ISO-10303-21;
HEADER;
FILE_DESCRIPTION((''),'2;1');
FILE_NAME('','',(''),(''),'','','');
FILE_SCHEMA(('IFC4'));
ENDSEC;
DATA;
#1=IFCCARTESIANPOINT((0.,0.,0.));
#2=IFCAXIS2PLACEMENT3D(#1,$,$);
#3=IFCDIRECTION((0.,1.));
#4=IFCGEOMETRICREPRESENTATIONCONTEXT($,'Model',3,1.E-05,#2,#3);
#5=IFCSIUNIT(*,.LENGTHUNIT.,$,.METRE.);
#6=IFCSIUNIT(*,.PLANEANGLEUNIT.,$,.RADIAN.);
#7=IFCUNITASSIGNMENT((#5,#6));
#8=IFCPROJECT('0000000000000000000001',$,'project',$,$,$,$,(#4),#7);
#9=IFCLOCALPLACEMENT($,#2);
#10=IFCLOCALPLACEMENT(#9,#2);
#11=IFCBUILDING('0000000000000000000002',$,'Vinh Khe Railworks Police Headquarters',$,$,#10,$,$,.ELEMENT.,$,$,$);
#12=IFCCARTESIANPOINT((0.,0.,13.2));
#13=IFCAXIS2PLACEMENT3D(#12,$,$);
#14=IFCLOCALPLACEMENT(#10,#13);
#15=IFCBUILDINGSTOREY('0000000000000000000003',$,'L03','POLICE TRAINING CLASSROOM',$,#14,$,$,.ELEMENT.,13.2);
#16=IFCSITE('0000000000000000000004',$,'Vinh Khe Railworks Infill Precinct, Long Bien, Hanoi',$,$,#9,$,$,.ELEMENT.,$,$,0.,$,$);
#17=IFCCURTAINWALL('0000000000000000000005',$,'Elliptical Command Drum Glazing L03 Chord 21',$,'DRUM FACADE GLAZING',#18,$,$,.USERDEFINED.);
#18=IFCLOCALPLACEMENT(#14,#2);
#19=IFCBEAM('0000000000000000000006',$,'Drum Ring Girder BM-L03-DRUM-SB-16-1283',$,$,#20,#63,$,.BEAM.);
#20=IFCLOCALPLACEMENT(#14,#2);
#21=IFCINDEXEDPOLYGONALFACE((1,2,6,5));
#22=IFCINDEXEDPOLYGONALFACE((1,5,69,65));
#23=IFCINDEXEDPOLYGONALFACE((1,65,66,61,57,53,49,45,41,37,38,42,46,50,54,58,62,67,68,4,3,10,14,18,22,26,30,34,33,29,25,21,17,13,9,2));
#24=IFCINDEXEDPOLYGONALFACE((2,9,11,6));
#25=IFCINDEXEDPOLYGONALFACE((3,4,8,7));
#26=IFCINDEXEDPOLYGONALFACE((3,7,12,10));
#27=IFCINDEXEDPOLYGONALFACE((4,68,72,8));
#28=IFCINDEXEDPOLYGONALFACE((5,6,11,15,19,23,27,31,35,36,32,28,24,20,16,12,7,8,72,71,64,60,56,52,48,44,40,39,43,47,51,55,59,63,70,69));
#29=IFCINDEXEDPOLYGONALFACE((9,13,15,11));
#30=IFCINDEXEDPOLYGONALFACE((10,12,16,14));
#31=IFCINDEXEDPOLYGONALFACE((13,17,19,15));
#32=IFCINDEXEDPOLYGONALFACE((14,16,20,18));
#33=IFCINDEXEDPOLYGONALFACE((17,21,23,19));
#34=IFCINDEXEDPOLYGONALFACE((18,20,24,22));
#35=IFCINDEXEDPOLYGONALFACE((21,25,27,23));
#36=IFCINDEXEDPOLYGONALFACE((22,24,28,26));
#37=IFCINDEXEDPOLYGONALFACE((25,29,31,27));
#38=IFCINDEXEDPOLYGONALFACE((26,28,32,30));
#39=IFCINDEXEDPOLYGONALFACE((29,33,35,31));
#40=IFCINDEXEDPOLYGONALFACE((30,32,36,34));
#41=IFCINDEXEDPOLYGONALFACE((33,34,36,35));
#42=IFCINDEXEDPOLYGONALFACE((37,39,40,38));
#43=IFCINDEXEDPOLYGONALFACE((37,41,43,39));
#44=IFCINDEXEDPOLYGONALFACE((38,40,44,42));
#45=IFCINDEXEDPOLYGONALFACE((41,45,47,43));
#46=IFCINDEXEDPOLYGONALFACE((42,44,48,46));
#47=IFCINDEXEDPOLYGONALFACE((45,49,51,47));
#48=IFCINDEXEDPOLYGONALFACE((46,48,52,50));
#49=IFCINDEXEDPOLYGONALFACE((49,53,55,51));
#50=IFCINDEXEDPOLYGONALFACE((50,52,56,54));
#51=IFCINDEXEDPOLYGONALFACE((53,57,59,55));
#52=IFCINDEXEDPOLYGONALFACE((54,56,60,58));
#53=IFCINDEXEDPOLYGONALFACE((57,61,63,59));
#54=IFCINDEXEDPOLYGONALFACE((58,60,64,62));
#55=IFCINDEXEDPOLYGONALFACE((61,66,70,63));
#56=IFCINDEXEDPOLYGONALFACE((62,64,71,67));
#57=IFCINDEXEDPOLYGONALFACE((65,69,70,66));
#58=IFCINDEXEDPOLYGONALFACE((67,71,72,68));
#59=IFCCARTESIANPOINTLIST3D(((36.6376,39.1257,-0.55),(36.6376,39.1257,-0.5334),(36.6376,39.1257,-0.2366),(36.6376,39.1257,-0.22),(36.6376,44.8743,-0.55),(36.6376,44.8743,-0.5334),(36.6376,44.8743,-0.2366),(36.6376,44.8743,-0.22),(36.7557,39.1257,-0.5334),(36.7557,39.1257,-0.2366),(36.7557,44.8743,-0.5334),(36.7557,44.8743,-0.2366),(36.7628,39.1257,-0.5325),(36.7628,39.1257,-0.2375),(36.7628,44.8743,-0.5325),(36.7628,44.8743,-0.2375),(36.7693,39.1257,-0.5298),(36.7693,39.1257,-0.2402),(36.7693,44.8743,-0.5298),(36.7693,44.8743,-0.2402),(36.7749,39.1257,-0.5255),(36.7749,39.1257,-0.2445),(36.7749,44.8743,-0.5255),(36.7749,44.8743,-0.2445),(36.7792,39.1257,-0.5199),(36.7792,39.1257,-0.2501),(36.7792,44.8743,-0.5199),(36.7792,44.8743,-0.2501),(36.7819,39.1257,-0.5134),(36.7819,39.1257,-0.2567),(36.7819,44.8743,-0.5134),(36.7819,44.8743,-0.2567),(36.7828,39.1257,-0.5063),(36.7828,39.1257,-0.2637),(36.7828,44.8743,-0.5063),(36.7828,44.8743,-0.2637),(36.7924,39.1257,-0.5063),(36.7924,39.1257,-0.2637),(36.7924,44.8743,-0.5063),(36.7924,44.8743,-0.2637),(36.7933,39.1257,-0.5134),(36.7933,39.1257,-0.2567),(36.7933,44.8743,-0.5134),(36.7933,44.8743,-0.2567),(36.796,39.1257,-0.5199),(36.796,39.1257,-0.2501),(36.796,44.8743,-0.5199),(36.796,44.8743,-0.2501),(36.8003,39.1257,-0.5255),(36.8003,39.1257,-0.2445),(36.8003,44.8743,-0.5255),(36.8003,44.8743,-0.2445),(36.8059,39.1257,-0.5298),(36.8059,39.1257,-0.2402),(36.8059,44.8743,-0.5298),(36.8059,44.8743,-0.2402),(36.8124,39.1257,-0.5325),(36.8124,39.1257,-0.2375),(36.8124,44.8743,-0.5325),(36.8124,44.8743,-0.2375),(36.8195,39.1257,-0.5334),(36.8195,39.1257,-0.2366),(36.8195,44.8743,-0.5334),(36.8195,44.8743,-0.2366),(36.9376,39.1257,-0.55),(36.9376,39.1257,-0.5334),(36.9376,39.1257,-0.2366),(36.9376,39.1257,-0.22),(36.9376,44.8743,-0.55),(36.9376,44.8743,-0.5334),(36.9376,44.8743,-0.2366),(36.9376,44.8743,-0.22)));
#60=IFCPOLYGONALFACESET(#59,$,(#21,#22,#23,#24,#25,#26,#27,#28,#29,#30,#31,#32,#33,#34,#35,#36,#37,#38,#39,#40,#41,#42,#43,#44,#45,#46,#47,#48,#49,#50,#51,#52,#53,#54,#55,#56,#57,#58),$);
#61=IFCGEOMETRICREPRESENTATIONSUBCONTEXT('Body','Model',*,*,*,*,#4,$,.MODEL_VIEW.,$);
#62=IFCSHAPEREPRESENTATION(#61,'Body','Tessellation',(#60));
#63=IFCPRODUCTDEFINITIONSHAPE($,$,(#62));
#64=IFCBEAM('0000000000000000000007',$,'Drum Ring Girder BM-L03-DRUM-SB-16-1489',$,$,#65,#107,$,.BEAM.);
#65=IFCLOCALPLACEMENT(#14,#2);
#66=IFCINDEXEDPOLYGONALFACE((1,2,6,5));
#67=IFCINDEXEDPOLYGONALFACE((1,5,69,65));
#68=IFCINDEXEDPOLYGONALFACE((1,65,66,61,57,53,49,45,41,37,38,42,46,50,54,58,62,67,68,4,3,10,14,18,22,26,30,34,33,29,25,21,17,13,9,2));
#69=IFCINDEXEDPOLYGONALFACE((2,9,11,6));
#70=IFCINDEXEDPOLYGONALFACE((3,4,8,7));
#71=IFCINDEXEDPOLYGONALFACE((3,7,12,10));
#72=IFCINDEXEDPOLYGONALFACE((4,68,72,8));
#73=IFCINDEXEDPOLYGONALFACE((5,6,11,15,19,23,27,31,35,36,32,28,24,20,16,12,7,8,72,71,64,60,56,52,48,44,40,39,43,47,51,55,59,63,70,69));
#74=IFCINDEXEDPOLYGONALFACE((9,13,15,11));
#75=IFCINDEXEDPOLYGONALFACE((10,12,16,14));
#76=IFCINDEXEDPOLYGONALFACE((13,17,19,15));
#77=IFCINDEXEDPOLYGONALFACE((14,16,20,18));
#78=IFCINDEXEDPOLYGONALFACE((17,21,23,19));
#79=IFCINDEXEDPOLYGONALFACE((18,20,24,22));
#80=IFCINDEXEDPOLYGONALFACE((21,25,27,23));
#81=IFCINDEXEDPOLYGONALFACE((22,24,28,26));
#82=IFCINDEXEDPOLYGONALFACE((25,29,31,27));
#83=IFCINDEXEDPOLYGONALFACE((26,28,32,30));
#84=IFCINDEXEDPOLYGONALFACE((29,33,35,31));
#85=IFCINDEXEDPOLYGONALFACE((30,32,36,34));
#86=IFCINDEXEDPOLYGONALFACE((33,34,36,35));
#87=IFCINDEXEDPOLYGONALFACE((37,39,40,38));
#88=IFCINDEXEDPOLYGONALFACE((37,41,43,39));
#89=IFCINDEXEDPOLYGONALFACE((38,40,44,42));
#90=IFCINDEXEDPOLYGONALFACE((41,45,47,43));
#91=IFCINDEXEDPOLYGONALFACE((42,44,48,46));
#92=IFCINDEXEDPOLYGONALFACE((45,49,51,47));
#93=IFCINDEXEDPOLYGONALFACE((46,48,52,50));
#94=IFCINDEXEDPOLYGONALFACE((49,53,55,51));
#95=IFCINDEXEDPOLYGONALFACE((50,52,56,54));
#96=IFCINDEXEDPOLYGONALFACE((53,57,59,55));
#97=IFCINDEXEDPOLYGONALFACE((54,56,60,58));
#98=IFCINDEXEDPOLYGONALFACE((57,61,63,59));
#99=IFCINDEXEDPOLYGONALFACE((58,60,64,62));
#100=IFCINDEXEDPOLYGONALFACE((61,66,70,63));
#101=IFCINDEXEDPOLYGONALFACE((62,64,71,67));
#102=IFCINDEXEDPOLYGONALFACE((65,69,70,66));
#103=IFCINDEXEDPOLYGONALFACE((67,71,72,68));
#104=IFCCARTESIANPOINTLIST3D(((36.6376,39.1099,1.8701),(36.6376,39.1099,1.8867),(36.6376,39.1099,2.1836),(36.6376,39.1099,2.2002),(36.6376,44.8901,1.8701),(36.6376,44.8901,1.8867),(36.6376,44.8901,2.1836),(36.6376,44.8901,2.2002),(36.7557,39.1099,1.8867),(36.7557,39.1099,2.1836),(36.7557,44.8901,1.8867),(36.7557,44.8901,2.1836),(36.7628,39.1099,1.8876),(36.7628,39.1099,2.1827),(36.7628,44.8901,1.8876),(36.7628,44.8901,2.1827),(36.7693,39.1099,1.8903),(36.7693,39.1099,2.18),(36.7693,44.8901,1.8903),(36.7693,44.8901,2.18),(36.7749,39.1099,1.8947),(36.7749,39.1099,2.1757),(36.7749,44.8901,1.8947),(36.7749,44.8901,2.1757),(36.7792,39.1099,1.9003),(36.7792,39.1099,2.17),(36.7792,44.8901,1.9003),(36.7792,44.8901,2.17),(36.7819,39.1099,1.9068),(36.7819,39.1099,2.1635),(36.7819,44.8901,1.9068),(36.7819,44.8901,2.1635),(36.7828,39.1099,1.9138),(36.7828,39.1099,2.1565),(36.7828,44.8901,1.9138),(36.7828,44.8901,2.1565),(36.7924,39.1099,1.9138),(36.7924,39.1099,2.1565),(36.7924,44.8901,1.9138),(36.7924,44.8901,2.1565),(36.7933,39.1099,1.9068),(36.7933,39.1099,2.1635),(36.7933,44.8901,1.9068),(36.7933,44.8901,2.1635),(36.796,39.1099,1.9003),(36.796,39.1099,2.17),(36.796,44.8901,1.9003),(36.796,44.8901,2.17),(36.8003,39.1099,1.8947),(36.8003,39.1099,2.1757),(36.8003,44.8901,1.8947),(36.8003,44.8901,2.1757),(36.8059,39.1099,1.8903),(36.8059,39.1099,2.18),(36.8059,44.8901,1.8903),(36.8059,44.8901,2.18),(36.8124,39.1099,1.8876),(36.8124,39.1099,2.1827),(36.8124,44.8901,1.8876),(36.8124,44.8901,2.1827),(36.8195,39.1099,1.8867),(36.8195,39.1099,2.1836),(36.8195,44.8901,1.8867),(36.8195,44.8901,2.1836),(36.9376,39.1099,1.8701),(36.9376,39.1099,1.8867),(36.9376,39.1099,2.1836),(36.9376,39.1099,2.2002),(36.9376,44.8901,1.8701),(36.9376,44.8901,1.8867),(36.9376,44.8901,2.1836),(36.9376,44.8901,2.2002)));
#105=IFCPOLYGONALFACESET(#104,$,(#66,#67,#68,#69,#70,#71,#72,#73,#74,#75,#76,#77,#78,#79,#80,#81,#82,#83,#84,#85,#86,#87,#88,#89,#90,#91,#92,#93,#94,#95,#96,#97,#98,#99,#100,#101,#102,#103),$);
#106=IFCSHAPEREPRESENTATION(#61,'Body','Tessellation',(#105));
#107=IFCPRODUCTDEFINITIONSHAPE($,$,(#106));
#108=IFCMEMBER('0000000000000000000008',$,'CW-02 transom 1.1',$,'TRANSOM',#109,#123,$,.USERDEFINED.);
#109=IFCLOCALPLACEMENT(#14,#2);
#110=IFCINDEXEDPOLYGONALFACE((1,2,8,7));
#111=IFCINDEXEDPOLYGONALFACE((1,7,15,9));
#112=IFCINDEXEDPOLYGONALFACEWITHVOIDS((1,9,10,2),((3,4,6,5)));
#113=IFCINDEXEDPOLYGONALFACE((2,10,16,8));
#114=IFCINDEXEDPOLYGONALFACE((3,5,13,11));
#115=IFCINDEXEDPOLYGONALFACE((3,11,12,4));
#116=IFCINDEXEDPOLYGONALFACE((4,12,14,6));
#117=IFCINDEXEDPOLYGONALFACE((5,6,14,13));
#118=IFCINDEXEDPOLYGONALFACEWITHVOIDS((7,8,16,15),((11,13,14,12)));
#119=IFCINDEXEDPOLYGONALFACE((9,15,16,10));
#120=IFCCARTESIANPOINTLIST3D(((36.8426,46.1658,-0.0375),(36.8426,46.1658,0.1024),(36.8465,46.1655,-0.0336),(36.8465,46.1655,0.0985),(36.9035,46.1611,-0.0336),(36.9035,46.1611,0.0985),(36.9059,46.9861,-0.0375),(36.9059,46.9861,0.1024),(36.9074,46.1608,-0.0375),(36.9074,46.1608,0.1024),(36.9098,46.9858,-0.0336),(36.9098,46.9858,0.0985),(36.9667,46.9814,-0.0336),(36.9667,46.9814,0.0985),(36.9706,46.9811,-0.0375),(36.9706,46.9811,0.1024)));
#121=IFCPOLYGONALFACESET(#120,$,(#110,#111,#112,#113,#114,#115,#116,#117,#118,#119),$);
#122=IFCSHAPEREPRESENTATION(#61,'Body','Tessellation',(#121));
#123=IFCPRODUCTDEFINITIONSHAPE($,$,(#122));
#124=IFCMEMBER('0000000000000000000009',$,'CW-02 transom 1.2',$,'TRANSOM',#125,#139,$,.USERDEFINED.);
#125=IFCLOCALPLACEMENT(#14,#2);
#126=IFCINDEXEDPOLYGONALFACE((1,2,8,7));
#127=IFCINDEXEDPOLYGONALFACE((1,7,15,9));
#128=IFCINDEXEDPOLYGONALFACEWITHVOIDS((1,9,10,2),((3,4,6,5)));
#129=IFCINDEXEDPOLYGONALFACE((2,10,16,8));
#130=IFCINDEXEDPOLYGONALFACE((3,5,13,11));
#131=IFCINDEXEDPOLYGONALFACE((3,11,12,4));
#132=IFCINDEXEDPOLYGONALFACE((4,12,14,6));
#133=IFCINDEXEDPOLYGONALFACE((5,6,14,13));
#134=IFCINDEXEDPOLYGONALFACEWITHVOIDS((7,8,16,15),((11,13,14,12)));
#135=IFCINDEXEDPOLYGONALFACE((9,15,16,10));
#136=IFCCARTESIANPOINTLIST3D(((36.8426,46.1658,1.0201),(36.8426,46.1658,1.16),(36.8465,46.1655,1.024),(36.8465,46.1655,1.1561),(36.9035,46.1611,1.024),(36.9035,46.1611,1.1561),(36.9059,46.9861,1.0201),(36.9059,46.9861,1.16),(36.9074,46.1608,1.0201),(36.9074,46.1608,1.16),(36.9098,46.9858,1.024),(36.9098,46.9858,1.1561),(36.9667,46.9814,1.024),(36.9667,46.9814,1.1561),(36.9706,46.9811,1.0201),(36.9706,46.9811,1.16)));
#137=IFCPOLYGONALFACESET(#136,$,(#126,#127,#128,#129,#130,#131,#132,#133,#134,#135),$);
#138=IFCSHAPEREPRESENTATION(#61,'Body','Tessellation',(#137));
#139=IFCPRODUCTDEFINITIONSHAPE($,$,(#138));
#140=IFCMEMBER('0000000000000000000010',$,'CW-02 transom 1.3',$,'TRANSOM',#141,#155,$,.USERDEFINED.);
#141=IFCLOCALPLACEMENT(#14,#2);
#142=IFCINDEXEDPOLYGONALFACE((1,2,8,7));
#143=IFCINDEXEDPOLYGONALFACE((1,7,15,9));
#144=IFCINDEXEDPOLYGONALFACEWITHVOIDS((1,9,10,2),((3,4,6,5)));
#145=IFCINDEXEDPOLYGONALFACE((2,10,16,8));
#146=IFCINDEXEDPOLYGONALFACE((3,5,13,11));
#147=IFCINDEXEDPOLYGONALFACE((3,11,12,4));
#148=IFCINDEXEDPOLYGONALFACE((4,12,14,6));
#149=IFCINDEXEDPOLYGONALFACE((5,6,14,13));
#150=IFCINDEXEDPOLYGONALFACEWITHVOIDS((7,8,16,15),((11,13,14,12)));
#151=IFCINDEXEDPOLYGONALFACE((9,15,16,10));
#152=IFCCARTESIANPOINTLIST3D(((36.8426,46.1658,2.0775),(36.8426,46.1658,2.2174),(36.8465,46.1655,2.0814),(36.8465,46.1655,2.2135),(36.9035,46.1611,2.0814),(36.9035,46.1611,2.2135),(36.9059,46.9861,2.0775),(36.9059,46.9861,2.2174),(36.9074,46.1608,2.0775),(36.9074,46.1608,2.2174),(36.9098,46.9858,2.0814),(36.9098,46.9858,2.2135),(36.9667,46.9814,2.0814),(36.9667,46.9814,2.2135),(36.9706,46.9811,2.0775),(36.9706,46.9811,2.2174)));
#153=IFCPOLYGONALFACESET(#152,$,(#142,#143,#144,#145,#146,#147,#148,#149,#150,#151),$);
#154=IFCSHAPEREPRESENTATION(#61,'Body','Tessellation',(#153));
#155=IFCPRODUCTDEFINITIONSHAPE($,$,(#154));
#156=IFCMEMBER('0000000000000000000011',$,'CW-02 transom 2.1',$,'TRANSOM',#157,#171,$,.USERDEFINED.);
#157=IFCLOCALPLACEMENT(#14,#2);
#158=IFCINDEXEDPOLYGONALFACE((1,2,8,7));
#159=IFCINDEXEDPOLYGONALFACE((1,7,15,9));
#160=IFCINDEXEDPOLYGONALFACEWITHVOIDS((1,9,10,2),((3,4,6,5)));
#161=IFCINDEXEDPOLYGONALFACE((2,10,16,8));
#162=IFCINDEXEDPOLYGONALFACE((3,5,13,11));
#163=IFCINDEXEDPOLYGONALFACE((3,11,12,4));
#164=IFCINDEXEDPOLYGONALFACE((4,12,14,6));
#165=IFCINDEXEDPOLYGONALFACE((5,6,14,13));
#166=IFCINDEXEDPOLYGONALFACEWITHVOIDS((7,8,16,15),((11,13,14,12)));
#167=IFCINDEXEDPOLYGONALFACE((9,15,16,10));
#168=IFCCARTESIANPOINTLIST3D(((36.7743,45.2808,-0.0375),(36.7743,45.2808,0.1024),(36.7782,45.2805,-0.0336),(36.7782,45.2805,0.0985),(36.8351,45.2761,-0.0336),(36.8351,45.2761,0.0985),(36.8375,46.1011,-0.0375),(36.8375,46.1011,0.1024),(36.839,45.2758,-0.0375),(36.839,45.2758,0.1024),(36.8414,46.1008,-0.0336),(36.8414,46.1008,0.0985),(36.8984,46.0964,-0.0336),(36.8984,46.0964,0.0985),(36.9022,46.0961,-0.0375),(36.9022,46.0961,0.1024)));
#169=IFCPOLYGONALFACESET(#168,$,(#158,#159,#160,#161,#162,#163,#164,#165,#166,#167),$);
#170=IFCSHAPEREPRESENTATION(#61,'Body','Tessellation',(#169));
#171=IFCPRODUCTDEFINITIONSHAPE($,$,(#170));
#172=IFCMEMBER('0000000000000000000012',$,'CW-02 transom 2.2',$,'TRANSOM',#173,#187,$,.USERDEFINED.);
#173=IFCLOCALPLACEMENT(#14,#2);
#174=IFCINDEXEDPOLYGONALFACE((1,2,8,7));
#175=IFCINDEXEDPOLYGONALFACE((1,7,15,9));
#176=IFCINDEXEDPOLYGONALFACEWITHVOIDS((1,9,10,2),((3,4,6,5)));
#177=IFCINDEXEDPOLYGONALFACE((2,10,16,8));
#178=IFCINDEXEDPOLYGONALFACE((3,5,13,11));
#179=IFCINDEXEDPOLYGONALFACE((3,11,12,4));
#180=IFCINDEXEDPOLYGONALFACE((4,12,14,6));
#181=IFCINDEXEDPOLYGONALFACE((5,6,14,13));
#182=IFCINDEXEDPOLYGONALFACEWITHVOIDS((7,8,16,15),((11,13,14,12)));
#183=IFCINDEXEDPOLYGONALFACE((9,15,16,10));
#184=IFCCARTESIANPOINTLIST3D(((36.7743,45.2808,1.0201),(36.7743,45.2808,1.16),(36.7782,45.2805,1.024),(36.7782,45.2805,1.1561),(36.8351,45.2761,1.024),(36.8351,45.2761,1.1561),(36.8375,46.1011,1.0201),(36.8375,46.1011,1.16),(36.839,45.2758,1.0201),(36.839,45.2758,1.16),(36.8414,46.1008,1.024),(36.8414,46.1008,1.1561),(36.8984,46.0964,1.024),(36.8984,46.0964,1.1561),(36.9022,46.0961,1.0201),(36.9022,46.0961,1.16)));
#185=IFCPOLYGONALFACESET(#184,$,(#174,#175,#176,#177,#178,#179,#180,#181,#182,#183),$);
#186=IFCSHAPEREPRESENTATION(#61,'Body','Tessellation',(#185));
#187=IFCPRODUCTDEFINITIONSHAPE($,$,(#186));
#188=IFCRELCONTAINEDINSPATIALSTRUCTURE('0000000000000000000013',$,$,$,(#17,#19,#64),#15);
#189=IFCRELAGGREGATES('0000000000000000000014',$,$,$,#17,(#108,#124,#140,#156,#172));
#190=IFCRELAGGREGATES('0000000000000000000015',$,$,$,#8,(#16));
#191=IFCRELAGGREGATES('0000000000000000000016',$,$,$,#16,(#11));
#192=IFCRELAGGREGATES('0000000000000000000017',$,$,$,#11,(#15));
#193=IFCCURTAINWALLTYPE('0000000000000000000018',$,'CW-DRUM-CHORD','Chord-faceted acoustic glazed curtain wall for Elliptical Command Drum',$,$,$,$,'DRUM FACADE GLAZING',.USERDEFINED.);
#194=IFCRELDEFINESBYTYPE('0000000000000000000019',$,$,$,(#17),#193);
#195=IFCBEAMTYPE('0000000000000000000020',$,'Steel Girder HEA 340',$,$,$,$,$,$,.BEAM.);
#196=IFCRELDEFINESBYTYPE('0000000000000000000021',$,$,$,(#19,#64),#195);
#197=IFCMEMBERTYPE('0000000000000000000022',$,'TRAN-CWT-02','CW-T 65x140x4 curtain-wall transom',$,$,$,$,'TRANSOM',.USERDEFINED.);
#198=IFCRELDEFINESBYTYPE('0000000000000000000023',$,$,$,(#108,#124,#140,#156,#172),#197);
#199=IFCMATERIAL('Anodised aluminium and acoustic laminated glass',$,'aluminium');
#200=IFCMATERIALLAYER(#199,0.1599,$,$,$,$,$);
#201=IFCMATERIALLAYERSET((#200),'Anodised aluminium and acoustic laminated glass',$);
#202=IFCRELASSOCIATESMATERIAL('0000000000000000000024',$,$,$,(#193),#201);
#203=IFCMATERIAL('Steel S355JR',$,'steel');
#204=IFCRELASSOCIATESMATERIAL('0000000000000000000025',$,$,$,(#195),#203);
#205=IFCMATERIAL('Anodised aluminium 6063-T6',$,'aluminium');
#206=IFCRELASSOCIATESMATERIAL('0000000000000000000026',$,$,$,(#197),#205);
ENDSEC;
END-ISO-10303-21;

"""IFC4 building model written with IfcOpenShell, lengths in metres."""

from ifc_helpers import new_model, si_unit, direction, frame, origin, origin_2d, place, context, subcontext, project, spatial, hollow_rectangle, i_section, extrude, material, layer, layer_set, material_profile, profile_set, type_object, element, aggregate, save


model = new_model("IFC4")

# Units and contexts
model_context = context("Model", 3, precision=1e-05, world=origin(), true_north=direction((0.0, 1.0)))
body_context = subcontext(model_context, "Body", "Model", "MODEL_VIEW")
ifc_project = project(units=[si_unit("LENGTHUNIT", "METRE"), si_unit("PLANEANGLEUNIT", "RADIAN")], contexts=[model_context])

# Site, building, storey
site_placement = place(None, origin())
site = spatial("IfcSite", under=ifc_project, at=site_placement, Name="Vinh Khe Railworks Infill Precinct, Long Bien, Hanoi", CompositionType="ELEMENT", RefElevation=0.0)
building_placement = place(site_placement, origin())
building = spatial("IfcBuilding", under=site, at=building_placement, Name="Vinh Khe Railworks Police Headquarters", CompositionType="ELEMENT")
storey_placement = place(building_placement, frame((0.0, 0.0, 13.2)))
storey = spatial("IfcBuildingStorey", under=building, at=storey_placement, Name="L03", Description="POLICE TRAINING CLASSROOM", CompositionType="ELEMENT", Elevation=13.2)

# Shared definitions
ifc_material_1 = material(Name="Steel S355JR", Category="steel")

# Shared definitions
ifc_material_2 = material(Name="Anodised aluminium and acoustic laminated glass", Category="aluminium")
ifc_layer_1 = layer(ifc_material_2, 0.1599)
ifc_layer_set_1 = layer_set([ifc_layer_1], Name="Anodised aluminium and acoustic laminated glass")
curtain_wall_type = type_object("IfcCurtainWallType", Name="CW-DRUM-CHORD", Description="Chord-faceted acoustic glazed curtain wall for Elliptical Command Drum", ElementType="DRUM FACADE GLAZING", PredefinedType="USERDEFINED", material=ifc_layer_set_1)
ifc_material_3 = material(Name="Anodised aluminium 6063-T6", Category="aluminium")

# Curtain wall
curtain_wall_1_placement = place(storey_placement, origin())
curtain_wall_1 = element("IfcCurtainWall", 1, at=curtain_wall_1_placement, inside=storey, type_object=curtain_wall_type, Name="Elliptical Command Drum Glazing L03 Chord 21", ObjectType="DRUM FACADE GLAZING", PredefinedType="USERDEFINED")

# Beams
ifc_material_profile_1 = material_profile(ifc_material_1, i_section(OverallWidth=0.3, OverallDepth=0.3301, WebThickness=0.0095, FlangeThickness=0.0166, FilletRadius=0.0271, at=origin_2d()), Name="HEA 340")
ifc_profile_set_1 = profile_set([ifc_material_profile_1], Name="Steel S355JR")
beam_type = type_object("IfcBeamType", Name="Steel Girder HEA 340", PredefinedType="BEAM", material=ifc_profile_set_1)
beam_1_placement = place(storey_placement, frame((36.7876, 44.8743, -0.385), z_axis=(0.0, -1.0, 0.0), x_axis=(1.0, 0.0, 0.0)))
element("IfcBeam", 2, at=beam_1_placement, inside=storey, type_object=beam_type, Name="Drum Ring Girder BM-L03-DRUM-SB-16-1283", PredefinedType="BEAM", context=body_context, shape_type="SweptSolid", body=[
    extrude(i_section(OverallWidth=0.3, OverallDepth=0.3301, WebThickness=0.0095, FlangeThickness=0.0166, FilletRadius=0.0271, at=origin_2d()), origin(), (0.0, 0.0, 1.0), 5.7485),
])
beam_2_placement = place(storey_placement, frame((36.7876, 44.8901, 2.0352), z_axis=(0.0, -1.0, 0.0), x_axis=(1.0, 0.0, 0.0)))
element("IfcBeam", 3, at=beam_2_placement, inside=storey, type_object=beam_type, Name="Drum Ring Girder BM-L03-DRUM-SB-16-1489", PredefinedType="BEAM", context=body_context, shape_type="SweptSolid", body=[
    extrude(i_section(OverallWidth=0.3, OverallDepth=0.3301, WebThickness=0.0095, FlangeThickness=0.0166, FilletRadius=0.0271, at=origin_2d()), origin(), (0.0, 0.0, 1.0), 5.7803),
])

# Members
ifc_material_profile_2 = material_profile(ifc_material_3, hollow_rectangle(XDim=0.0649, YDim=0.1399, WallThickness=0.0039, at=origin_2d()), Name="CW-T 65x140x4")
ifc_profile_set_2 = profile_set([ifc_material_profile_2], Name="Anodised aluminium 6063-T6")
member_type_1 = type_object("IfcMemberType", Name="TRAN-CWT-02", Description="CW-T 65x140x4 curtain-wall transom", ElementType="TRANSOM", PredefinedType="USERDEFINED", material=ifc_profile_set_2)
member_1_placement = place(storey_placement, frame((36.9382, 46.9836, 0.0325), z_axis=(-0.076855, -0.997042, 0.0), x_axis=(0.997042, -0.076855, 0.0)))
member_1 = element("IfcMember", 4, at=member_1_placement, type_object=member_type_1, Name="CW-02 transom 1.1", ObjectType="TRANSOM", PredefinedType="USERDEFINED", context=body_context, shape_type="SweptSolid", body=[
    extrude(hollow_rectangle(XDim=0.0649, YDim=0.1399, WallThickness=0.0039, at=origin_2d()), origin(), (0.0, 0.0, 1.0), 0.8228),
])
member_2_placement = place(storey_placement, frame((36.9382, 46.9836, 1.0901), z_axis=(-0.076855, -0.997042, 0.0), x_axis=(0.997042, -0.076855, 0.0)))
member_2 = element("IfcMember", 5, at=member_2_placement, type_object=member_type_1, Name="CW-02 transom 1.2", ObjectType="TRANSOM", PredefinedType="USERDEFINED", context=body_context, shape_type="SweptSolid", body=[
    extrude(hollow_rectangle(XDim=0.0649, YDim=0.1399, WallThickness=0.0039, at=origin_2d()), origin(), (0.0, 0.0, 1.0), 0.8228),
])
member_3_placement = place(storey_placement, frame((36.9382, 46.9836, 2.1475), z_axis=(-0.076855, -0.997042, 0.0), x_axis=(0.997042, -0.076855, 0.0)))
member_3 = element("IfcMember", 6, at=member_3_placement, type_object=member_type_1, Name="CW-02 transom 1.3", ObjectType="TRANSOM", PredefinedType="USERDEFINED", context=body_context, shape_type="SweptSolid", body=[
    extrude(hollow_rectangle(XDim=0.0649, YDim=0.1399, WallThickness=0.0039, at=origin_2d()), origin(), (0.0, 0.0, 1.0), 0.8228),
])
member_4_placement = place(storey_placement, frame((36.8699, 46.0986, 0.0325), z_axis=(-0.076855, -0.997042, 0.0), x_axis=(0.997042, -0.076855, 0.0)))
member_4 = element("IfcMember", 7, at=member_4_placement, type_object=member_type_1, Name="CW-02 transom 2.1", ObjectType="TRANSOM", PredefinedType="USERDEFINED", context=body_context, shape_type="SweptSolid", body=[
    extrude(hollow_rectangle(XDim=0.0649, YDim=0.1399, WallThickness=0.0039, at=origin_2d()), origin(), (0.0, 0.0, 1.0), 0.8228),
])
member_5_placement = place(storey_placement, frame((36.8699, 46.0986, 1.0901), z_axis=(-0.076855, -0.997042, 0.0), x_axis=(0.997042, -0.076855, 0.0)))
member_5 = element("IfcMember", 8, at=member_5_placement, type_object=member_type_1, Name="CW-02 transom 2.2", ObjectType="TRANSOM", PredefinedType="USERDEFINED", context=body_context, shape_type="SweptSolid", body=[
    extrude(hollow_rectangle(XDim=0.0649, YDim=0.1399, WallThickness=0.0039, at=origin_2d()), origin(), (0.0, 0.0, 1.0), 0.8228),
])

aggregate(curtain_wall_1, [member_1, member_2, member_3, member_4, member_5])

save(model, "model.ifc")
